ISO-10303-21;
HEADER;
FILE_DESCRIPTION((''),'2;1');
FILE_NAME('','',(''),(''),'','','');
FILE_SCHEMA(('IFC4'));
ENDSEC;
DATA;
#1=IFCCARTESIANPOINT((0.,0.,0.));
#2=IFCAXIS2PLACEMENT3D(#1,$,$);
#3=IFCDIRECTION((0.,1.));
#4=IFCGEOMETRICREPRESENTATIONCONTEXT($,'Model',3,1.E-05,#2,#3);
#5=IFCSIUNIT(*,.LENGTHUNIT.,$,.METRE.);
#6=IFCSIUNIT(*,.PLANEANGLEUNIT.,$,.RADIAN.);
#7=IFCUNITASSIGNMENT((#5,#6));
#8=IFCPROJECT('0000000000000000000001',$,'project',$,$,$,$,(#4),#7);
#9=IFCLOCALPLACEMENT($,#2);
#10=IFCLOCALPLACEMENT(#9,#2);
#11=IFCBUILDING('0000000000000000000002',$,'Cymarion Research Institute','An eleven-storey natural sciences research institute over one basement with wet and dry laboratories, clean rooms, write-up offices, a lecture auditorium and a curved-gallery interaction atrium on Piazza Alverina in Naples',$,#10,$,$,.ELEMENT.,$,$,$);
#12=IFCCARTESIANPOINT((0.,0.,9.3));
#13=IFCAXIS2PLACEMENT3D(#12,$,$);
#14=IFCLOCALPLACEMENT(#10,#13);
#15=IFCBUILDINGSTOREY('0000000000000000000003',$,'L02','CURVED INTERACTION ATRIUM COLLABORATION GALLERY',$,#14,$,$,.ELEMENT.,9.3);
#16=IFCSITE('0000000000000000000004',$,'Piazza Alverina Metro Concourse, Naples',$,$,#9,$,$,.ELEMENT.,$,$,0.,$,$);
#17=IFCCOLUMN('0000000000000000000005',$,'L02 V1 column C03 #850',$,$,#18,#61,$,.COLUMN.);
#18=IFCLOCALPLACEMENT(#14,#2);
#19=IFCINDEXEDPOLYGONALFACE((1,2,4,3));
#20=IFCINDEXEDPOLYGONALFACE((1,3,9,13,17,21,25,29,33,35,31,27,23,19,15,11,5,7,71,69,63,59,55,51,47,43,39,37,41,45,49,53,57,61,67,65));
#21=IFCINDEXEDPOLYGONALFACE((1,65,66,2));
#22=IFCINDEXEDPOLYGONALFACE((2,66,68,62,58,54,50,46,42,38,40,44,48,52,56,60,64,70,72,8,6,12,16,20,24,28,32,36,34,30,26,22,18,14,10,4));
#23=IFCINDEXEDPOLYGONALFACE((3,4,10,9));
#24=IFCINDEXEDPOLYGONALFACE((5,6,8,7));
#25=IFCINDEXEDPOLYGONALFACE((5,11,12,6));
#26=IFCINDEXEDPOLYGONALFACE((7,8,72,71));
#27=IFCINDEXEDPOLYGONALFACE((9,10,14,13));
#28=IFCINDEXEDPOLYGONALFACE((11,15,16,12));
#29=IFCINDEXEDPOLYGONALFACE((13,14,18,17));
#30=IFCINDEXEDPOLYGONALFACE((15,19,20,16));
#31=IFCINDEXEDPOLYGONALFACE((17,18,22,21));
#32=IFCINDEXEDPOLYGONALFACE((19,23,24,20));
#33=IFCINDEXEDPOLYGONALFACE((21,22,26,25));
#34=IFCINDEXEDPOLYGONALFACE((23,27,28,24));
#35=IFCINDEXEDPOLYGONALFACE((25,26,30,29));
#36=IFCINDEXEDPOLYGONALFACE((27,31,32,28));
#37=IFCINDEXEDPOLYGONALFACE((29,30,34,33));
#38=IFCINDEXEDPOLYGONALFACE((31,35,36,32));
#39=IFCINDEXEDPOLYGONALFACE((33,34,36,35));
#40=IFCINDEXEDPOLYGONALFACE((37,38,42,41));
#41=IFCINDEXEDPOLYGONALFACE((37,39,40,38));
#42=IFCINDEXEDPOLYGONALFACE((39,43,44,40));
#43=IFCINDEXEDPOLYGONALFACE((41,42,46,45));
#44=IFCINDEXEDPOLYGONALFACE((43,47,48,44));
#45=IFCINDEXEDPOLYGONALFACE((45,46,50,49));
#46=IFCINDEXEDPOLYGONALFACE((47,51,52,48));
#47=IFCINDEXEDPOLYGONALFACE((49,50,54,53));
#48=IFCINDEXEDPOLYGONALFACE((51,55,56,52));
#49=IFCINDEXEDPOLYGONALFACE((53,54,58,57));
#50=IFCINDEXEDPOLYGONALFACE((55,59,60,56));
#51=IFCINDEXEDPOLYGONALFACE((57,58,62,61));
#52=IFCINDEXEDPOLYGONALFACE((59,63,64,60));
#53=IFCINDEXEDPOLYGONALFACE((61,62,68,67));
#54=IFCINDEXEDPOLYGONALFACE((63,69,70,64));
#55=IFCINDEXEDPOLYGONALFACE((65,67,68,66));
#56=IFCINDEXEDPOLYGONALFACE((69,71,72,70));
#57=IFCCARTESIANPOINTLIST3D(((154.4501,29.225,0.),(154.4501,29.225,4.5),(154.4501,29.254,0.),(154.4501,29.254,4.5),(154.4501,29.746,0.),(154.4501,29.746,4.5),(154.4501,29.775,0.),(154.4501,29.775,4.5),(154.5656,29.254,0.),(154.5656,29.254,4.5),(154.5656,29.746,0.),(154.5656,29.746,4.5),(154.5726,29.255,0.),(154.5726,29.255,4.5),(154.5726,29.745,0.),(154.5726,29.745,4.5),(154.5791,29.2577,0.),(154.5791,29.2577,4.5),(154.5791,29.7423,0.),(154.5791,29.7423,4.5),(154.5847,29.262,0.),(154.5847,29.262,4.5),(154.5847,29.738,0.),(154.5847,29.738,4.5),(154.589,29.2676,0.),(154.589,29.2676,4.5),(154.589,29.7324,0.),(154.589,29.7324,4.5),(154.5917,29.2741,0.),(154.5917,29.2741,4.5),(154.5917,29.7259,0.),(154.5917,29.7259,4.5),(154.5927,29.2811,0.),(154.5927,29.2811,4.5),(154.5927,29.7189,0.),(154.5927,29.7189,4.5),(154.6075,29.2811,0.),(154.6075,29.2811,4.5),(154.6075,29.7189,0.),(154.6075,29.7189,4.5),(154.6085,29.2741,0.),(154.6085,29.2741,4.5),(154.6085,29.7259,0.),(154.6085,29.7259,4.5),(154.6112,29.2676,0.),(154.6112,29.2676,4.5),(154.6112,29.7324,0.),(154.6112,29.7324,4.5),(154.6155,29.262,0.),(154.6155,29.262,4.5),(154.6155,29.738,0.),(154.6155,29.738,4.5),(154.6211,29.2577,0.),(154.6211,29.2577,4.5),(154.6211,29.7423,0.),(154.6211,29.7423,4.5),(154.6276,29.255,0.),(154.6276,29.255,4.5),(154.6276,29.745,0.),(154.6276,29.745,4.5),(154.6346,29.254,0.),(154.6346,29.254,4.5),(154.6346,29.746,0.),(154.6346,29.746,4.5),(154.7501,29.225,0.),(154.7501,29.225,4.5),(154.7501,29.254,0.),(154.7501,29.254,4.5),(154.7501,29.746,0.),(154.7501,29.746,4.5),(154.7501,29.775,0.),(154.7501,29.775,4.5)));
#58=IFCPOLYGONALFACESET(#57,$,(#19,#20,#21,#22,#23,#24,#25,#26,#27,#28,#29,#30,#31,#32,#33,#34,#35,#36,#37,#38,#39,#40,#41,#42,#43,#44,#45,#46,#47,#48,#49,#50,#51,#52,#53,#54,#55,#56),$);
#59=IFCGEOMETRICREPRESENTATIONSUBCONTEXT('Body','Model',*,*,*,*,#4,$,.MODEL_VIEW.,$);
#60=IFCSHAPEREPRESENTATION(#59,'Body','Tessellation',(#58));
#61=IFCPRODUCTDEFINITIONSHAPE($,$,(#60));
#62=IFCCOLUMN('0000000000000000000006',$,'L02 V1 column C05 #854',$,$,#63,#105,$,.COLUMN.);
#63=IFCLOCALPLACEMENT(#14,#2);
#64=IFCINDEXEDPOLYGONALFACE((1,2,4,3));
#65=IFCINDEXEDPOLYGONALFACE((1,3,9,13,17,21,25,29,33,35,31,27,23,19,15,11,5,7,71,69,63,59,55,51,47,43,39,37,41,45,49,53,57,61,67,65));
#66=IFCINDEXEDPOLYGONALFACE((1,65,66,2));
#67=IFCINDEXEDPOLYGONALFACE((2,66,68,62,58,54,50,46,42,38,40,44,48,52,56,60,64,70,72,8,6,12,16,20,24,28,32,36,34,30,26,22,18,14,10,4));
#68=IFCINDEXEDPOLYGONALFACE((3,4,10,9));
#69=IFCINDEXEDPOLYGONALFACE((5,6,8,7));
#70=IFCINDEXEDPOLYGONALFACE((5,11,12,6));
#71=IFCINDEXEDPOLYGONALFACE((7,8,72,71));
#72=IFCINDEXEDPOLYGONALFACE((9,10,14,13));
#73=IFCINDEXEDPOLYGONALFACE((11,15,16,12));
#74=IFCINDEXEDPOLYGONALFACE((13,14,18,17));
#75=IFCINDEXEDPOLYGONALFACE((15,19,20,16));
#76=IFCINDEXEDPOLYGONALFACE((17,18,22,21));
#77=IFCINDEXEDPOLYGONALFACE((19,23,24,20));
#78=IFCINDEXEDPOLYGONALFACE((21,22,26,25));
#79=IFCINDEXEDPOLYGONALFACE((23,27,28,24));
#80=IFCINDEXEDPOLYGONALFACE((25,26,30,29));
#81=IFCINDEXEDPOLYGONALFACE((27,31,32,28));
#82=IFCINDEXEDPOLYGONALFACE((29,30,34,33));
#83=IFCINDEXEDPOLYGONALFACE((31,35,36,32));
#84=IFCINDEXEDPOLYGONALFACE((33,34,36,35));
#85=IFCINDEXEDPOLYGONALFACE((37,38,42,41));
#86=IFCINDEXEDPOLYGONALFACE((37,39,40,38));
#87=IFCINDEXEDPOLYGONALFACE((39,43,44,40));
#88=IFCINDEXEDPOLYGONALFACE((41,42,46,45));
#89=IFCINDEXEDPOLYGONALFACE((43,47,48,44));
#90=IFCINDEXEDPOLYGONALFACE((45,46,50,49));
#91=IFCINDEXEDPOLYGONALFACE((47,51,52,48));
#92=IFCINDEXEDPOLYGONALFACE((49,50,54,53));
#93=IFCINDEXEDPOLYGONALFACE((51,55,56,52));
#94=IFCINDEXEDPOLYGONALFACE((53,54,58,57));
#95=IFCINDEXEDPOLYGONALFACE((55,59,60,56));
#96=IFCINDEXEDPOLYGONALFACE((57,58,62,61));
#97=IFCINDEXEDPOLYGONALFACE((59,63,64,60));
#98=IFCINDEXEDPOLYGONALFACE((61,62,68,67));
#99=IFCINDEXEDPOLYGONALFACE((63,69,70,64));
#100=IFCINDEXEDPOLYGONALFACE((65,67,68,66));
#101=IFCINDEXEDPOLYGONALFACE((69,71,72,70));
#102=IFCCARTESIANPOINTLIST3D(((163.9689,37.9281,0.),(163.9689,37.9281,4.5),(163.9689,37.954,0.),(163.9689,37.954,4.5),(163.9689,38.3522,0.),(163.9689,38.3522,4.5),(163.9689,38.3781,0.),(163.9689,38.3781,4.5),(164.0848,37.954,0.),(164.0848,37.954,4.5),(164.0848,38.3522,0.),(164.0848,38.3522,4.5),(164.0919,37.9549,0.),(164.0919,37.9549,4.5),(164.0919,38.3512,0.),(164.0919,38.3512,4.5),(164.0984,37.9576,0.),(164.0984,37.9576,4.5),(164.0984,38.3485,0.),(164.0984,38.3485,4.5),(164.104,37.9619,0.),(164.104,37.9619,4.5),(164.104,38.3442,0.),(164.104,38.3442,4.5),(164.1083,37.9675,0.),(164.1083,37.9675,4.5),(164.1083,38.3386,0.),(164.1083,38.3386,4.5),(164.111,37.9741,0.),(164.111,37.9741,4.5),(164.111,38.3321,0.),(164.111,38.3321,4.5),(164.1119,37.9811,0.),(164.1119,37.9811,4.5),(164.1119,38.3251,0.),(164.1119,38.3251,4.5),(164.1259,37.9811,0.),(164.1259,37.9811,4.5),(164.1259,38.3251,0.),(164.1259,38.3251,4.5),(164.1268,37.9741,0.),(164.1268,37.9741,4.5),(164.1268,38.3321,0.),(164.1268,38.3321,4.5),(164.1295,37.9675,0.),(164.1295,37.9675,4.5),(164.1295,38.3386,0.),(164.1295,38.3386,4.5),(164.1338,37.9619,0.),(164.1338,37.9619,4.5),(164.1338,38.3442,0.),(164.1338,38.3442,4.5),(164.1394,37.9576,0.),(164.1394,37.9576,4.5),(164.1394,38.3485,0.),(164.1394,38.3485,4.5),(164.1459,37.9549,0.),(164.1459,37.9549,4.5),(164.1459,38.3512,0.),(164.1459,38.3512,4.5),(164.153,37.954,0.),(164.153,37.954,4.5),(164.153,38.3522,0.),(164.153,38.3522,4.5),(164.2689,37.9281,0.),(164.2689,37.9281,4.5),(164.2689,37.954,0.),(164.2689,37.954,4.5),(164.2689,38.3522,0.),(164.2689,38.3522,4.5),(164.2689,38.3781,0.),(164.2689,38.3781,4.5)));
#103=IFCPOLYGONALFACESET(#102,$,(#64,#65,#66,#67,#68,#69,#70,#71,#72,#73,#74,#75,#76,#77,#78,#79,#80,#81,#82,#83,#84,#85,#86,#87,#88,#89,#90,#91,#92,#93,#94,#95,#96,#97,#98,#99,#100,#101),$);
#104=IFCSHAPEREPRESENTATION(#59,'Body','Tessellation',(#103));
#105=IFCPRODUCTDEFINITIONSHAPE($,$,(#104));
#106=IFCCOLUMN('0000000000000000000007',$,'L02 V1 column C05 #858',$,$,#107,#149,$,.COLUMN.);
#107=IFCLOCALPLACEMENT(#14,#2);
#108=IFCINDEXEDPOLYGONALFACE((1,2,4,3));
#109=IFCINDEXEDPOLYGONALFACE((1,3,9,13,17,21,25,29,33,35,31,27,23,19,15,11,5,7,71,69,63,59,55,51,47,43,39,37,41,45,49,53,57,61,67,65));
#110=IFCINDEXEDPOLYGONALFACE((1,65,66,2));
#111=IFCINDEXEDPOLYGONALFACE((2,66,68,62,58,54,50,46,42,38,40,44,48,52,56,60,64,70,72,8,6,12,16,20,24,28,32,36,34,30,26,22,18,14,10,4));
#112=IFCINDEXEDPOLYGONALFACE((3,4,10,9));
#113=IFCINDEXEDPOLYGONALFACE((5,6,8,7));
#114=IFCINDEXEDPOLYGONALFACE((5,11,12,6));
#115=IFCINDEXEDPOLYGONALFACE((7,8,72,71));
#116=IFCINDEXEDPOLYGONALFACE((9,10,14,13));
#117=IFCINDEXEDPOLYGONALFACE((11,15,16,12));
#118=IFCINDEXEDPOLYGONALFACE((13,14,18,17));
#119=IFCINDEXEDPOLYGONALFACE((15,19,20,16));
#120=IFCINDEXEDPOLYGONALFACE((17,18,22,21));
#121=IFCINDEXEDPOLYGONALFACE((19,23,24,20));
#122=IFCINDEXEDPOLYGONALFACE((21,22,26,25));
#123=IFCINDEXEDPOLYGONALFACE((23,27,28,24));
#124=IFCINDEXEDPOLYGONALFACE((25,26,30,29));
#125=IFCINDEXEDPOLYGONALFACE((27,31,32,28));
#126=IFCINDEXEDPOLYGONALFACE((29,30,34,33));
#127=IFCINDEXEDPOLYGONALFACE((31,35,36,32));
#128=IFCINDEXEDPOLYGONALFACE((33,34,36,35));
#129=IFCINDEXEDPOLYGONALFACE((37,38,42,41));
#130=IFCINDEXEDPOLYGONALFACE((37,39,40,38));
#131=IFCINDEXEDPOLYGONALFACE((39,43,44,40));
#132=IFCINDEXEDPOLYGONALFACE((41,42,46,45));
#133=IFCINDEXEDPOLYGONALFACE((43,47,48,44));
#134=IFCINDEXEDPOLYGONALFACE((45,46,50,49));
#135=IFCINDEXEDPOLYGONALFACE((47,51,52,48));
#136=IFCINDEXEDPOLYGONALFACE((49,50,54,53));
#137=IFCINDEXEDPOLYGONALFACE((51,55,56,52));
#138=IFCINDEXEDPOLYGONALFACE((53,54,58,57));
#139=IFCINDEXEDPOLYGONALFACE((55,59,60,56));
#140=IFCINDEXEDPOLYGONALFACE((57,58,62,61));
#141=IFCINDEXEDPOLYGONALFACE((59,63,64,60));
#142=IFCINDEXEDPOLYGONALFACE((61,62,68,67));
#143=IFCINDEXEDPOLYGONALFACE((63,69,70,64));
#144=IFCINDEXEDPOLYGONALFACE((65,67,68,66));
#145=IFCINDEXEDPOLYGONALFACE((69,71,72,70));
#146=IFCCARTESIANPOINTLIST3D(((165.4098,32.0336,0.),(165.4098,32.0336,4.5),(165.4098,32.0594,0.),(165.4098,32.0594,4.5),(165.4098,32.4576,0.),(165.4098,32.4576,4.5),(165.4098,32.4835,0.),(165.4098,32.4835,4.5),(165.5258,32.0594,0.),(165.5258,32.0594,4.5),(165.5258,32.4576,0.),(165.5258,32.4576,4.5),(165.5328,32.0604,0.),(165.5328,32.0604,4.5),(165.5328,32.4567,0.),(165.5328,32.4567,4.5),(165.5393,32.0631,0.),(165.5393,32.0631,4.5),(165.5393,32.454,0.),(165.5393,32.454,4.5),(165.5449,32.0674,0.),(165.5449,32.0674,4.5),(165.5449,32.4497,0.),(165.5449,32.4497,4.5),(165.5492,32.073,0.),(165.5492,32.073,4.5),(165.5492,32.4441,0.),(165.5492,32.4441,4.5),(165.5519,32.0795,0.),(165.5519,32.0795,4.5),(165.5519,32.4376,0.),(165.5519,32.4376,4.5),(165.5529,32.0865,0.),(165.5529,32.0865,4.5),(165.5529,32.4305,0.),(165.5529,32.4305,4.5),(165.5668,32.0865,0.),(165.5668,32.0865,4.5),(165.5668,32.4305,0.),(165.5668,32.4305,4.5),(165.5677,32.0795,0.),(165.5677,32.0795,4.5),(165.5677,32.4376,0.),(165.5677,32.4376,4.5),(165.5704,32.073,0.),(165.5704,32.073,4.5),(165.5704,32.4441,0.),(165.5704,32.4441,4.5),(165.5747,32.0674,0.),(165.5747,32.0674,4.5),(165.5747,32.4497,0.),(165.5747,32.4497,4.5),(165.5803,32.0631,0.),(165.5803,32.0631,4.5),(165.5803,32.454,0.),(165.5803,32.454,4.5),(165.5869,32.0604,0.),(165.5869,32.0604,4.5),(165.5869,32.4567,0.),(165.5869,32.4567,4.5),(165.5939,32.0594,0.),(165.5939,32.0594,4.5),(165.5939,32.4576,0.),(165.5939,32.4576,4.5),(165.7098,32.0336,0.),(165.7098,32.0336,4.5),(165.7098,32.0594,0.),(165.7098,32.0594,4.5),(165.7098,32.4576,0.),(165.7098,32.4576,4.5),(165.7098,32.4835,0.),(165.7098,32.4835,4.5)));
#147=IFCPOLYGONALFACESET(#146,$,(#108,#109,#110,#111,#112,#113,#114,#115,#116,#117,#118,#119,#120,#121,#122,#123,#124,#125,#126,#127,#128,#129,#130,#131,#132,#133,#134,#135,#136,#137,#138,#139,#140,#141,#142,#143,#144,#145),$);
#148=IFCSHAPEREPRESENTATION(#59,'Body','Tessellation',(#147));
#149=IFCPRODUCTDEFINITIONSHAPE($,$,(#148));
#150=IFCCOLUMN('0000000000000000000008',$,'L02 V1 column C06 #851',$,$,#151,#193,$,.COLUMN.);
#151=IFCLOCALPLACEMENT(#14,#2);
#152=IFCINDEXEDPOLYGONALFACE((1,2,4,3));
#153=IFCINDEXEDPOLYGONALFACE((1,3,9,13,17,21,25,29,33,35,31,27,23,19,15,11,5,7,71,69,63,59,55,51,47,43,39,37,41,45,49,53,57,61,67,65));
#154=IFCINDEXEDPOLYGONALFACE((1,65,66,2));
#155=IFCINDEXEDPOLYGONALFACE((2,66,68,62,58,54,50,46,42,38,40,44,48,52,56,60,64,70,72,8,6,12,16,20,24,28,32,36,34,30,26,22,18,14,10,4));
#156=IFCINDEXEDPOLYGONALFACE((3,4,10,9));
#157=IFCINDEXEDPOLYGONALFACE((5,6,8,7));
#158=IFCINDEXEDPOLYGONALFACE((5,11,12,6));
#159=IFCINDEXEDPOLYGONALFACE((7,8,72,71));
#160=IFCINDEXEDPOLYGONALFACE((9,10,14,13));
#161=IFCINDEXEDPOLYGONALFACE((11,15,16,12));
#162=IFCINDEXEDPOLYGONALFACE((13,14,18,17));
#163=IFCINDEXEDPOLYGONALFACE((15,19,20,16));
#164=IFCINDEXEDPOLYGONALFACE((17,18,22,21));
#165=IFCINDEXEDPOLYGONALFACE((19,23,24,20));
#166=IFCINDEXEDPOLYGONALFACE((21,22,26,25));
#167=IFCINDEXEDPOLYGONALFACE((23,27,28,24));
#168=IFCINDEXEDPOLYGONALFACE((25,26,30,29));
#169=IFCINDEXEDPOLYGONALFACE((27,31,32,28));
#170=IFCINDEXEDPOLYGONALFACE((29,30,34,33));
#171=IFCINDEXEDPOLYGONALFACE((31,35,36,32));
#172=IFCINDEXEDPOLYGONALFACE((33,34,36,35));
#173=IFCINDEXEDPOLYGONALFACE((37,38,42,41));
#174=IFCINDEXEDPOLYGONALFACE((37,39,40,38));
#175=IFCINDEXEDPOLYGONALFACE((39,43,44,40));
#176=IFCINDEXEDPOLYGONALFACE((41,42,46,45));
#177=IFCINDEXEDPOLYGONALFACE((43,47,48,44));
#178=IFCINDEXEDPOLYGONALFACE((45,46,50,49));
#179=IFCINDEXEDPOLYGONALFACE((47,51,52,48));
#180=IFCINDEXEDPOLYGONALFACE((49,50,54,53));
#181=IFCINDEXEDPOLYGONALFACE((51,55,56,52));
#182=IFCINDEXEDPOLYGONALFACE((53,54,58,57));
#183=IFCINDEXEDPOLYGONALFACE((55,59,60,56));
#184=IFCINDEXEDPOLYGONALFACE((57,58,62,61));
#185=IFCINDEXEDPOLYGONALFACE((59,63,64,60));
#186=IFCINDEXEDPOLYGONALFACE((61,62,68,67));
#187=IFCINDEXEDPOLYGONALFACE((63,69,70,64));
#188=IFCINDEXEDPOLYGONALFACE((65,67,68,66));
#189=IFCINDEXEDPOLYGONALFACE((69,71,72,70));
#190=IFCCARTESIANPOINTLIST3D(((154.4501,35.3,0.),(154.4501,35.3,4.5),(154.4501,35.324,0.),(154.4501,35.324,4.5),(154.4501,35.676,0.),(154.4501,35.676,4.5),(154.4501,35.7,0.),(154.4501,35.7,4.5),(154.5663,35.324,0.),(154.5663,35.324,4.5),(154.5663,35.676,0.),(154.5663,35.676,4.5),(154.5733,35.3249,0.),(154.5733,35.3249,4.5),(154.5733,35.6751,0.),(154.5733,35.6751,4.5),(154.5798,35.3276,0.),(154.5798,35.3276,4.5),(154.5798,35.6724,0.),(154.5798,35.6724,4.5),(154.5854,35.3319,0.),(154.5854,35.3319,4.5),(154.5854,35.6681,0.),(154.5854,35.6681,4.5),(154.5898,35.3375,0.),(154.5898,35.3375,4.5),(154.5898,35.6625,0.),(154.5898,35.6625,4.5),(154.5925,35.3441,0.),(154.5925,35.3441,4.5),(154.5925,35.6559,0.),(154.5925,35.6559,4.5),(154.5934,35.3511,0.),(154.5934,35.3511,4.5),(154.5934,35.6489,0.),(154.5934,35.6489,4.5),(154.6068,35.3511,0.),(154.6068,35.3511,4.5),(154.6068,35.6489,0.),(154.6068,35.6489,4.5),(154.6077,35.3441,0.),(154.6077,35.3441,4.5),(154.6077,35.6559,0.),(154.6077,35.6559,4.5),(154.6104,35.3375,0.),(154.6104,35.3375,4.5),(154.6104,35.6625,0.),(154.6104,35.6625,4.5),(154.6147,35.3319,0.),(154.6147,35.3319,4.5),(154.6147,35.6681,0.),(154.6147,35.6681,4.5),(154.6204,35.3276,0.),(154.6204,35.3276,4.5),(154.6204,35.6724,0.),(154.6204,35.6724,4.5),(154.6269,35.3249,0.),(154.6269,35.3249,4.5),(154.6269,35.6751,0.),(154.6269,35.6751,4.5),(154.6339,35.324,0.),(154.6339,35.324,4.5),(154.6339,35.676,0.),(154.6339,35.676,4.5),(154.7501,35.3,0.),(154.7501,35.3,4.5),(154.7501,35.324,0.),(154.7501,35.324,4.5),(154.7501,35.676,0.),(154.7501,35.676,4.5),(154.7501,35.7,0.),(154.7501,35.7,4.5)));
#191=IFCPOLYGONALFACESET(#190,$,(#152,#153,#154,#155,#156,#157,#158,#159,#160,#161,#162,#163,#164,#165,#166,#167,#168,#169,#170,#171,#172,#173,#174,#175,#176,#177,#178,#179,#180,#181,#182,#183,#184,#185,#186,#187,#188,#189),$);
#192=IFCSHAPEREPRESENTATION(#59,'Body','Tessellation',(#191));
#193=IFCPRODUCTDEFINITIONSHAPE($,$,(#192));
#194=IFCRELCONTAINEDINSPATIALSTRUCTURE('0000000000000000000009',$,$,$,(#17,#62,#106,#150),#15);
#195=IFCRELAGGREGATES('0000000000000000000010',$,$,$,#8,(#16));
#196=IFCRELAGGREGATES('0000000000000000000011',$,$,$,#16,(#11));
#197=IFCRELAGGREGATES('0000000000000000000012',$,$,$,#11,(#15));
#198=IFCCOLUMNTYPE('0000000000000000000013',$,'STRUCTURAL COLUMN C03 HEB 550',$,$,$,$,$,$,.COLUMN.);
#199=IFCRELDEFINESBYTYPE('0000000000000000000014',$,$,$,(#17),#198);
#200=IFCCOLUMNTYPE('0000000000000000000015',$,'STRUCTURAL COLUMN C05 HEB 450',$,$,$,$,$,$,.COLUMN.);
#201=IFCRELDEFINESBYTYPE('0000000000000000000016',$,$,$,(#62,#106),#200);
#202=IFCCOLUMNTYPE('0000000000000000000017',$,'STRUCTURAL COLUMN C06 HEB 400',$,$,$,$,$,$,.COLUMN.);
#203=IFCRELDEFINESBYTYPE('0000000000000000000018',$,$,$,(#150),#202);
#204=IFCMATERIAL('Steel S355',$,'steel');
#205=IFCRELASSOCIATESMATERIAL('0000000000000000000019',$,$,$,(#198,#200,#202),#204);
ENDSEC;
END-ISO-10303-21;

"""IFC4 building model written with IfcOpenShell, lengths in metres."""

from ifc_helpers import new_model, si_unit, direction, frame, origin, origin_2d, place, context, subcontext, project, spatial, i_section, extrude, material, material_profile, profile_set, type_object, element, save


model = new_model("IFC4")

# Units and contexts
model_context = context("Model", 3, precision=1e-05, world=origin(), true_north=direction((0.0, 1.0)))
body_context = subcontext(model_context, "Body", "Model", "MODEL_VIEW")
ifc_project = project(units=[si_unit("LENGTHUNIT", "METRE"), si_unit("PLANEANGLEUNIT", "RADIAN")], contexts=[model_context])

# Site, building, storey
site_placement = place(None, origin())
site = spatial("IfcSite", under=ifc_project, at=site_placement, Name="Piazza Alverina Metro Concourse, Naples", CompositionType="ELEMENT", RefElevation=0.0)
building_placement = place(site_placement, origin())
building = spatial("IfcBuilding", under=site, at=building_placement, Name="Cymarion Research Institute", Description="An eleven-storey natural sciences research institute over one basement with wet and dry laboratories, clean rooms, write-up offices, a lecture auditorium and a curved-gallery interaction atrium on Piazza Alverina in Naples", CompositionType="ELEMENT")
storey_placement = place(building_placement, frame((0.0, 0.0, 9.3)))
storey = spatial("IfcBuildingStorey", under=building, at=storey_placement, Name="L02", Description="CURVED INTERACTION ATRIUM COLLABORATION GALLERY", CompositionType="ELEMENT", Elevation=9.3)

# Columns
ifc_material_1 = material(Name="Steel S355", Category="steel")
ifc_material_profile_1 = material_profile(ifc_material_1, i_section(OverallWidth=0.3, OverallDepth=0.55, WebThickness=0.0149, FlangeThickness=0.0291, FilletRadius=0.0271, at=origin_2d()), Name="HEB 550")
ifc_profile_set_1 = profile_set([ifc_material_profile_1], Name="Steel S355")
column_type_1 = type_object("IfcColumnType", Name="STRUCTURAL COLUMN C03 HEB 550", PredefinedType="COLUMN", material=ifc_profile_set_1)
column_1_placement = place(storey_placement, frame((154.6001, 29.5, 0.0), z_axis=(0.0, 0.0, 1.0), x_axis=(1.0, 0.0, 0.0)))
element("IfcColumn", 1, at=column_1_placement, inside=storey, type_object=column_type_1, Name="L02 V1 column C03 #850", PredefinedType="COLUMN", context=body_context, shape_type="SweptSolid", body=[
    extrude(i_section(OverallWidth=0.3, OverallDepth=0.55, WebThickness=0.0149, FlangeThickness=0.0291, FilletRadius=0.0271, at=origin_2d()), origin(), (0.0, 0.0, 1.0), 4.5),
])
ifc_material_profile_2 = material_profile(ifc_material_1, i_section(OverallWidth=0.3, OverallDepth=0.45, WebThickness=0.0139, FlangeThickness=0.0259, FilletRadius=0.0271, at=origin_2d()), Name="HEB 450")
ifc_profile_set_2 = profile_set([ifc_material_profile_2], Name="Steel S355")
column_type_2 = type_object("IfcColumnType", Name="STRUCTURAL COLUMN C05 HEB 450", PredefinedType="COLUMN", material=ifc_profile_set_2)
for number, where, z_axis, x_axis, name in (
    (2, (164.1189, 38.1531, 0.0), (0.0, 0.0, 1.0), (1.0, 0.0, 0.0), "L02 V1 column C05 #854"),
    (3, (165.5598, 32.2585, 0.0), (0.0, 0.0, 1.0), (1.0, 0.0, 0.0), "L02 V1 column C05 #858"),
):
    element("IfcColumn", number, at=place(storey_placement, frame(where, z_axis=z_axis, x_axis=x_axis)), inside=storey, type_object=column_type_2, Name=name, PredefinedType="COLUMN", context=body_context, shape_type="SweptSolid", body=[
        extrude(i_section(OverallWidth=0.3, OverallDepth=0.45, WebThickness=0.0139, FlangeThickness=0.0259, FilletRadius=0.0271, at=origin_2d()), origin(), (0.0, 0.0, 1.0), 4.5),
    ])
ifc_material_profile_3 = material_profile(ifc_material_1, i_section(OverallWidth=0.3, OverallDepth=0.3999, WebThickness=0.0134, FlangeThickness=0.0239, FilletRadius=0.0271, at=origin_2d()), Name="HEB 400")
ifc_profile_set_3 = profile_set([ifc_material_profile_3], Name="Steel S355")
column_type_3 = type_object("IfcColumnType", Name="STRUCTURAL COLUMN C06 HEB 400", PredefinedType="COLUMN", material=ifc_profile_set_3)
column_2_placement = place(storey_placement, frame((154.6001, 35.5, 0.0), z_axis=(0.0, 0.0, 1.0), x_axis=(1.0, 0.0, 0.0)))
element("IfcColumn", 4, at=column_2_placement, inside=storey, type_object=column_type_3, Name="L02 V1 column C06 #851", PredefinedType="COLUMN", context=body_context, shape_type="SweptSolid", body=[
    extrude(i_section(OverallWidth=0.3, OverallDepth=0.3999, WebThickness=0.0134, FlangeThickness=0.0239, FilletRadius=0.0271, at=origin_2d()), origin(), (0.0, 0.0, 1.0), 4.5),
])

save(model, "model.ifc")
